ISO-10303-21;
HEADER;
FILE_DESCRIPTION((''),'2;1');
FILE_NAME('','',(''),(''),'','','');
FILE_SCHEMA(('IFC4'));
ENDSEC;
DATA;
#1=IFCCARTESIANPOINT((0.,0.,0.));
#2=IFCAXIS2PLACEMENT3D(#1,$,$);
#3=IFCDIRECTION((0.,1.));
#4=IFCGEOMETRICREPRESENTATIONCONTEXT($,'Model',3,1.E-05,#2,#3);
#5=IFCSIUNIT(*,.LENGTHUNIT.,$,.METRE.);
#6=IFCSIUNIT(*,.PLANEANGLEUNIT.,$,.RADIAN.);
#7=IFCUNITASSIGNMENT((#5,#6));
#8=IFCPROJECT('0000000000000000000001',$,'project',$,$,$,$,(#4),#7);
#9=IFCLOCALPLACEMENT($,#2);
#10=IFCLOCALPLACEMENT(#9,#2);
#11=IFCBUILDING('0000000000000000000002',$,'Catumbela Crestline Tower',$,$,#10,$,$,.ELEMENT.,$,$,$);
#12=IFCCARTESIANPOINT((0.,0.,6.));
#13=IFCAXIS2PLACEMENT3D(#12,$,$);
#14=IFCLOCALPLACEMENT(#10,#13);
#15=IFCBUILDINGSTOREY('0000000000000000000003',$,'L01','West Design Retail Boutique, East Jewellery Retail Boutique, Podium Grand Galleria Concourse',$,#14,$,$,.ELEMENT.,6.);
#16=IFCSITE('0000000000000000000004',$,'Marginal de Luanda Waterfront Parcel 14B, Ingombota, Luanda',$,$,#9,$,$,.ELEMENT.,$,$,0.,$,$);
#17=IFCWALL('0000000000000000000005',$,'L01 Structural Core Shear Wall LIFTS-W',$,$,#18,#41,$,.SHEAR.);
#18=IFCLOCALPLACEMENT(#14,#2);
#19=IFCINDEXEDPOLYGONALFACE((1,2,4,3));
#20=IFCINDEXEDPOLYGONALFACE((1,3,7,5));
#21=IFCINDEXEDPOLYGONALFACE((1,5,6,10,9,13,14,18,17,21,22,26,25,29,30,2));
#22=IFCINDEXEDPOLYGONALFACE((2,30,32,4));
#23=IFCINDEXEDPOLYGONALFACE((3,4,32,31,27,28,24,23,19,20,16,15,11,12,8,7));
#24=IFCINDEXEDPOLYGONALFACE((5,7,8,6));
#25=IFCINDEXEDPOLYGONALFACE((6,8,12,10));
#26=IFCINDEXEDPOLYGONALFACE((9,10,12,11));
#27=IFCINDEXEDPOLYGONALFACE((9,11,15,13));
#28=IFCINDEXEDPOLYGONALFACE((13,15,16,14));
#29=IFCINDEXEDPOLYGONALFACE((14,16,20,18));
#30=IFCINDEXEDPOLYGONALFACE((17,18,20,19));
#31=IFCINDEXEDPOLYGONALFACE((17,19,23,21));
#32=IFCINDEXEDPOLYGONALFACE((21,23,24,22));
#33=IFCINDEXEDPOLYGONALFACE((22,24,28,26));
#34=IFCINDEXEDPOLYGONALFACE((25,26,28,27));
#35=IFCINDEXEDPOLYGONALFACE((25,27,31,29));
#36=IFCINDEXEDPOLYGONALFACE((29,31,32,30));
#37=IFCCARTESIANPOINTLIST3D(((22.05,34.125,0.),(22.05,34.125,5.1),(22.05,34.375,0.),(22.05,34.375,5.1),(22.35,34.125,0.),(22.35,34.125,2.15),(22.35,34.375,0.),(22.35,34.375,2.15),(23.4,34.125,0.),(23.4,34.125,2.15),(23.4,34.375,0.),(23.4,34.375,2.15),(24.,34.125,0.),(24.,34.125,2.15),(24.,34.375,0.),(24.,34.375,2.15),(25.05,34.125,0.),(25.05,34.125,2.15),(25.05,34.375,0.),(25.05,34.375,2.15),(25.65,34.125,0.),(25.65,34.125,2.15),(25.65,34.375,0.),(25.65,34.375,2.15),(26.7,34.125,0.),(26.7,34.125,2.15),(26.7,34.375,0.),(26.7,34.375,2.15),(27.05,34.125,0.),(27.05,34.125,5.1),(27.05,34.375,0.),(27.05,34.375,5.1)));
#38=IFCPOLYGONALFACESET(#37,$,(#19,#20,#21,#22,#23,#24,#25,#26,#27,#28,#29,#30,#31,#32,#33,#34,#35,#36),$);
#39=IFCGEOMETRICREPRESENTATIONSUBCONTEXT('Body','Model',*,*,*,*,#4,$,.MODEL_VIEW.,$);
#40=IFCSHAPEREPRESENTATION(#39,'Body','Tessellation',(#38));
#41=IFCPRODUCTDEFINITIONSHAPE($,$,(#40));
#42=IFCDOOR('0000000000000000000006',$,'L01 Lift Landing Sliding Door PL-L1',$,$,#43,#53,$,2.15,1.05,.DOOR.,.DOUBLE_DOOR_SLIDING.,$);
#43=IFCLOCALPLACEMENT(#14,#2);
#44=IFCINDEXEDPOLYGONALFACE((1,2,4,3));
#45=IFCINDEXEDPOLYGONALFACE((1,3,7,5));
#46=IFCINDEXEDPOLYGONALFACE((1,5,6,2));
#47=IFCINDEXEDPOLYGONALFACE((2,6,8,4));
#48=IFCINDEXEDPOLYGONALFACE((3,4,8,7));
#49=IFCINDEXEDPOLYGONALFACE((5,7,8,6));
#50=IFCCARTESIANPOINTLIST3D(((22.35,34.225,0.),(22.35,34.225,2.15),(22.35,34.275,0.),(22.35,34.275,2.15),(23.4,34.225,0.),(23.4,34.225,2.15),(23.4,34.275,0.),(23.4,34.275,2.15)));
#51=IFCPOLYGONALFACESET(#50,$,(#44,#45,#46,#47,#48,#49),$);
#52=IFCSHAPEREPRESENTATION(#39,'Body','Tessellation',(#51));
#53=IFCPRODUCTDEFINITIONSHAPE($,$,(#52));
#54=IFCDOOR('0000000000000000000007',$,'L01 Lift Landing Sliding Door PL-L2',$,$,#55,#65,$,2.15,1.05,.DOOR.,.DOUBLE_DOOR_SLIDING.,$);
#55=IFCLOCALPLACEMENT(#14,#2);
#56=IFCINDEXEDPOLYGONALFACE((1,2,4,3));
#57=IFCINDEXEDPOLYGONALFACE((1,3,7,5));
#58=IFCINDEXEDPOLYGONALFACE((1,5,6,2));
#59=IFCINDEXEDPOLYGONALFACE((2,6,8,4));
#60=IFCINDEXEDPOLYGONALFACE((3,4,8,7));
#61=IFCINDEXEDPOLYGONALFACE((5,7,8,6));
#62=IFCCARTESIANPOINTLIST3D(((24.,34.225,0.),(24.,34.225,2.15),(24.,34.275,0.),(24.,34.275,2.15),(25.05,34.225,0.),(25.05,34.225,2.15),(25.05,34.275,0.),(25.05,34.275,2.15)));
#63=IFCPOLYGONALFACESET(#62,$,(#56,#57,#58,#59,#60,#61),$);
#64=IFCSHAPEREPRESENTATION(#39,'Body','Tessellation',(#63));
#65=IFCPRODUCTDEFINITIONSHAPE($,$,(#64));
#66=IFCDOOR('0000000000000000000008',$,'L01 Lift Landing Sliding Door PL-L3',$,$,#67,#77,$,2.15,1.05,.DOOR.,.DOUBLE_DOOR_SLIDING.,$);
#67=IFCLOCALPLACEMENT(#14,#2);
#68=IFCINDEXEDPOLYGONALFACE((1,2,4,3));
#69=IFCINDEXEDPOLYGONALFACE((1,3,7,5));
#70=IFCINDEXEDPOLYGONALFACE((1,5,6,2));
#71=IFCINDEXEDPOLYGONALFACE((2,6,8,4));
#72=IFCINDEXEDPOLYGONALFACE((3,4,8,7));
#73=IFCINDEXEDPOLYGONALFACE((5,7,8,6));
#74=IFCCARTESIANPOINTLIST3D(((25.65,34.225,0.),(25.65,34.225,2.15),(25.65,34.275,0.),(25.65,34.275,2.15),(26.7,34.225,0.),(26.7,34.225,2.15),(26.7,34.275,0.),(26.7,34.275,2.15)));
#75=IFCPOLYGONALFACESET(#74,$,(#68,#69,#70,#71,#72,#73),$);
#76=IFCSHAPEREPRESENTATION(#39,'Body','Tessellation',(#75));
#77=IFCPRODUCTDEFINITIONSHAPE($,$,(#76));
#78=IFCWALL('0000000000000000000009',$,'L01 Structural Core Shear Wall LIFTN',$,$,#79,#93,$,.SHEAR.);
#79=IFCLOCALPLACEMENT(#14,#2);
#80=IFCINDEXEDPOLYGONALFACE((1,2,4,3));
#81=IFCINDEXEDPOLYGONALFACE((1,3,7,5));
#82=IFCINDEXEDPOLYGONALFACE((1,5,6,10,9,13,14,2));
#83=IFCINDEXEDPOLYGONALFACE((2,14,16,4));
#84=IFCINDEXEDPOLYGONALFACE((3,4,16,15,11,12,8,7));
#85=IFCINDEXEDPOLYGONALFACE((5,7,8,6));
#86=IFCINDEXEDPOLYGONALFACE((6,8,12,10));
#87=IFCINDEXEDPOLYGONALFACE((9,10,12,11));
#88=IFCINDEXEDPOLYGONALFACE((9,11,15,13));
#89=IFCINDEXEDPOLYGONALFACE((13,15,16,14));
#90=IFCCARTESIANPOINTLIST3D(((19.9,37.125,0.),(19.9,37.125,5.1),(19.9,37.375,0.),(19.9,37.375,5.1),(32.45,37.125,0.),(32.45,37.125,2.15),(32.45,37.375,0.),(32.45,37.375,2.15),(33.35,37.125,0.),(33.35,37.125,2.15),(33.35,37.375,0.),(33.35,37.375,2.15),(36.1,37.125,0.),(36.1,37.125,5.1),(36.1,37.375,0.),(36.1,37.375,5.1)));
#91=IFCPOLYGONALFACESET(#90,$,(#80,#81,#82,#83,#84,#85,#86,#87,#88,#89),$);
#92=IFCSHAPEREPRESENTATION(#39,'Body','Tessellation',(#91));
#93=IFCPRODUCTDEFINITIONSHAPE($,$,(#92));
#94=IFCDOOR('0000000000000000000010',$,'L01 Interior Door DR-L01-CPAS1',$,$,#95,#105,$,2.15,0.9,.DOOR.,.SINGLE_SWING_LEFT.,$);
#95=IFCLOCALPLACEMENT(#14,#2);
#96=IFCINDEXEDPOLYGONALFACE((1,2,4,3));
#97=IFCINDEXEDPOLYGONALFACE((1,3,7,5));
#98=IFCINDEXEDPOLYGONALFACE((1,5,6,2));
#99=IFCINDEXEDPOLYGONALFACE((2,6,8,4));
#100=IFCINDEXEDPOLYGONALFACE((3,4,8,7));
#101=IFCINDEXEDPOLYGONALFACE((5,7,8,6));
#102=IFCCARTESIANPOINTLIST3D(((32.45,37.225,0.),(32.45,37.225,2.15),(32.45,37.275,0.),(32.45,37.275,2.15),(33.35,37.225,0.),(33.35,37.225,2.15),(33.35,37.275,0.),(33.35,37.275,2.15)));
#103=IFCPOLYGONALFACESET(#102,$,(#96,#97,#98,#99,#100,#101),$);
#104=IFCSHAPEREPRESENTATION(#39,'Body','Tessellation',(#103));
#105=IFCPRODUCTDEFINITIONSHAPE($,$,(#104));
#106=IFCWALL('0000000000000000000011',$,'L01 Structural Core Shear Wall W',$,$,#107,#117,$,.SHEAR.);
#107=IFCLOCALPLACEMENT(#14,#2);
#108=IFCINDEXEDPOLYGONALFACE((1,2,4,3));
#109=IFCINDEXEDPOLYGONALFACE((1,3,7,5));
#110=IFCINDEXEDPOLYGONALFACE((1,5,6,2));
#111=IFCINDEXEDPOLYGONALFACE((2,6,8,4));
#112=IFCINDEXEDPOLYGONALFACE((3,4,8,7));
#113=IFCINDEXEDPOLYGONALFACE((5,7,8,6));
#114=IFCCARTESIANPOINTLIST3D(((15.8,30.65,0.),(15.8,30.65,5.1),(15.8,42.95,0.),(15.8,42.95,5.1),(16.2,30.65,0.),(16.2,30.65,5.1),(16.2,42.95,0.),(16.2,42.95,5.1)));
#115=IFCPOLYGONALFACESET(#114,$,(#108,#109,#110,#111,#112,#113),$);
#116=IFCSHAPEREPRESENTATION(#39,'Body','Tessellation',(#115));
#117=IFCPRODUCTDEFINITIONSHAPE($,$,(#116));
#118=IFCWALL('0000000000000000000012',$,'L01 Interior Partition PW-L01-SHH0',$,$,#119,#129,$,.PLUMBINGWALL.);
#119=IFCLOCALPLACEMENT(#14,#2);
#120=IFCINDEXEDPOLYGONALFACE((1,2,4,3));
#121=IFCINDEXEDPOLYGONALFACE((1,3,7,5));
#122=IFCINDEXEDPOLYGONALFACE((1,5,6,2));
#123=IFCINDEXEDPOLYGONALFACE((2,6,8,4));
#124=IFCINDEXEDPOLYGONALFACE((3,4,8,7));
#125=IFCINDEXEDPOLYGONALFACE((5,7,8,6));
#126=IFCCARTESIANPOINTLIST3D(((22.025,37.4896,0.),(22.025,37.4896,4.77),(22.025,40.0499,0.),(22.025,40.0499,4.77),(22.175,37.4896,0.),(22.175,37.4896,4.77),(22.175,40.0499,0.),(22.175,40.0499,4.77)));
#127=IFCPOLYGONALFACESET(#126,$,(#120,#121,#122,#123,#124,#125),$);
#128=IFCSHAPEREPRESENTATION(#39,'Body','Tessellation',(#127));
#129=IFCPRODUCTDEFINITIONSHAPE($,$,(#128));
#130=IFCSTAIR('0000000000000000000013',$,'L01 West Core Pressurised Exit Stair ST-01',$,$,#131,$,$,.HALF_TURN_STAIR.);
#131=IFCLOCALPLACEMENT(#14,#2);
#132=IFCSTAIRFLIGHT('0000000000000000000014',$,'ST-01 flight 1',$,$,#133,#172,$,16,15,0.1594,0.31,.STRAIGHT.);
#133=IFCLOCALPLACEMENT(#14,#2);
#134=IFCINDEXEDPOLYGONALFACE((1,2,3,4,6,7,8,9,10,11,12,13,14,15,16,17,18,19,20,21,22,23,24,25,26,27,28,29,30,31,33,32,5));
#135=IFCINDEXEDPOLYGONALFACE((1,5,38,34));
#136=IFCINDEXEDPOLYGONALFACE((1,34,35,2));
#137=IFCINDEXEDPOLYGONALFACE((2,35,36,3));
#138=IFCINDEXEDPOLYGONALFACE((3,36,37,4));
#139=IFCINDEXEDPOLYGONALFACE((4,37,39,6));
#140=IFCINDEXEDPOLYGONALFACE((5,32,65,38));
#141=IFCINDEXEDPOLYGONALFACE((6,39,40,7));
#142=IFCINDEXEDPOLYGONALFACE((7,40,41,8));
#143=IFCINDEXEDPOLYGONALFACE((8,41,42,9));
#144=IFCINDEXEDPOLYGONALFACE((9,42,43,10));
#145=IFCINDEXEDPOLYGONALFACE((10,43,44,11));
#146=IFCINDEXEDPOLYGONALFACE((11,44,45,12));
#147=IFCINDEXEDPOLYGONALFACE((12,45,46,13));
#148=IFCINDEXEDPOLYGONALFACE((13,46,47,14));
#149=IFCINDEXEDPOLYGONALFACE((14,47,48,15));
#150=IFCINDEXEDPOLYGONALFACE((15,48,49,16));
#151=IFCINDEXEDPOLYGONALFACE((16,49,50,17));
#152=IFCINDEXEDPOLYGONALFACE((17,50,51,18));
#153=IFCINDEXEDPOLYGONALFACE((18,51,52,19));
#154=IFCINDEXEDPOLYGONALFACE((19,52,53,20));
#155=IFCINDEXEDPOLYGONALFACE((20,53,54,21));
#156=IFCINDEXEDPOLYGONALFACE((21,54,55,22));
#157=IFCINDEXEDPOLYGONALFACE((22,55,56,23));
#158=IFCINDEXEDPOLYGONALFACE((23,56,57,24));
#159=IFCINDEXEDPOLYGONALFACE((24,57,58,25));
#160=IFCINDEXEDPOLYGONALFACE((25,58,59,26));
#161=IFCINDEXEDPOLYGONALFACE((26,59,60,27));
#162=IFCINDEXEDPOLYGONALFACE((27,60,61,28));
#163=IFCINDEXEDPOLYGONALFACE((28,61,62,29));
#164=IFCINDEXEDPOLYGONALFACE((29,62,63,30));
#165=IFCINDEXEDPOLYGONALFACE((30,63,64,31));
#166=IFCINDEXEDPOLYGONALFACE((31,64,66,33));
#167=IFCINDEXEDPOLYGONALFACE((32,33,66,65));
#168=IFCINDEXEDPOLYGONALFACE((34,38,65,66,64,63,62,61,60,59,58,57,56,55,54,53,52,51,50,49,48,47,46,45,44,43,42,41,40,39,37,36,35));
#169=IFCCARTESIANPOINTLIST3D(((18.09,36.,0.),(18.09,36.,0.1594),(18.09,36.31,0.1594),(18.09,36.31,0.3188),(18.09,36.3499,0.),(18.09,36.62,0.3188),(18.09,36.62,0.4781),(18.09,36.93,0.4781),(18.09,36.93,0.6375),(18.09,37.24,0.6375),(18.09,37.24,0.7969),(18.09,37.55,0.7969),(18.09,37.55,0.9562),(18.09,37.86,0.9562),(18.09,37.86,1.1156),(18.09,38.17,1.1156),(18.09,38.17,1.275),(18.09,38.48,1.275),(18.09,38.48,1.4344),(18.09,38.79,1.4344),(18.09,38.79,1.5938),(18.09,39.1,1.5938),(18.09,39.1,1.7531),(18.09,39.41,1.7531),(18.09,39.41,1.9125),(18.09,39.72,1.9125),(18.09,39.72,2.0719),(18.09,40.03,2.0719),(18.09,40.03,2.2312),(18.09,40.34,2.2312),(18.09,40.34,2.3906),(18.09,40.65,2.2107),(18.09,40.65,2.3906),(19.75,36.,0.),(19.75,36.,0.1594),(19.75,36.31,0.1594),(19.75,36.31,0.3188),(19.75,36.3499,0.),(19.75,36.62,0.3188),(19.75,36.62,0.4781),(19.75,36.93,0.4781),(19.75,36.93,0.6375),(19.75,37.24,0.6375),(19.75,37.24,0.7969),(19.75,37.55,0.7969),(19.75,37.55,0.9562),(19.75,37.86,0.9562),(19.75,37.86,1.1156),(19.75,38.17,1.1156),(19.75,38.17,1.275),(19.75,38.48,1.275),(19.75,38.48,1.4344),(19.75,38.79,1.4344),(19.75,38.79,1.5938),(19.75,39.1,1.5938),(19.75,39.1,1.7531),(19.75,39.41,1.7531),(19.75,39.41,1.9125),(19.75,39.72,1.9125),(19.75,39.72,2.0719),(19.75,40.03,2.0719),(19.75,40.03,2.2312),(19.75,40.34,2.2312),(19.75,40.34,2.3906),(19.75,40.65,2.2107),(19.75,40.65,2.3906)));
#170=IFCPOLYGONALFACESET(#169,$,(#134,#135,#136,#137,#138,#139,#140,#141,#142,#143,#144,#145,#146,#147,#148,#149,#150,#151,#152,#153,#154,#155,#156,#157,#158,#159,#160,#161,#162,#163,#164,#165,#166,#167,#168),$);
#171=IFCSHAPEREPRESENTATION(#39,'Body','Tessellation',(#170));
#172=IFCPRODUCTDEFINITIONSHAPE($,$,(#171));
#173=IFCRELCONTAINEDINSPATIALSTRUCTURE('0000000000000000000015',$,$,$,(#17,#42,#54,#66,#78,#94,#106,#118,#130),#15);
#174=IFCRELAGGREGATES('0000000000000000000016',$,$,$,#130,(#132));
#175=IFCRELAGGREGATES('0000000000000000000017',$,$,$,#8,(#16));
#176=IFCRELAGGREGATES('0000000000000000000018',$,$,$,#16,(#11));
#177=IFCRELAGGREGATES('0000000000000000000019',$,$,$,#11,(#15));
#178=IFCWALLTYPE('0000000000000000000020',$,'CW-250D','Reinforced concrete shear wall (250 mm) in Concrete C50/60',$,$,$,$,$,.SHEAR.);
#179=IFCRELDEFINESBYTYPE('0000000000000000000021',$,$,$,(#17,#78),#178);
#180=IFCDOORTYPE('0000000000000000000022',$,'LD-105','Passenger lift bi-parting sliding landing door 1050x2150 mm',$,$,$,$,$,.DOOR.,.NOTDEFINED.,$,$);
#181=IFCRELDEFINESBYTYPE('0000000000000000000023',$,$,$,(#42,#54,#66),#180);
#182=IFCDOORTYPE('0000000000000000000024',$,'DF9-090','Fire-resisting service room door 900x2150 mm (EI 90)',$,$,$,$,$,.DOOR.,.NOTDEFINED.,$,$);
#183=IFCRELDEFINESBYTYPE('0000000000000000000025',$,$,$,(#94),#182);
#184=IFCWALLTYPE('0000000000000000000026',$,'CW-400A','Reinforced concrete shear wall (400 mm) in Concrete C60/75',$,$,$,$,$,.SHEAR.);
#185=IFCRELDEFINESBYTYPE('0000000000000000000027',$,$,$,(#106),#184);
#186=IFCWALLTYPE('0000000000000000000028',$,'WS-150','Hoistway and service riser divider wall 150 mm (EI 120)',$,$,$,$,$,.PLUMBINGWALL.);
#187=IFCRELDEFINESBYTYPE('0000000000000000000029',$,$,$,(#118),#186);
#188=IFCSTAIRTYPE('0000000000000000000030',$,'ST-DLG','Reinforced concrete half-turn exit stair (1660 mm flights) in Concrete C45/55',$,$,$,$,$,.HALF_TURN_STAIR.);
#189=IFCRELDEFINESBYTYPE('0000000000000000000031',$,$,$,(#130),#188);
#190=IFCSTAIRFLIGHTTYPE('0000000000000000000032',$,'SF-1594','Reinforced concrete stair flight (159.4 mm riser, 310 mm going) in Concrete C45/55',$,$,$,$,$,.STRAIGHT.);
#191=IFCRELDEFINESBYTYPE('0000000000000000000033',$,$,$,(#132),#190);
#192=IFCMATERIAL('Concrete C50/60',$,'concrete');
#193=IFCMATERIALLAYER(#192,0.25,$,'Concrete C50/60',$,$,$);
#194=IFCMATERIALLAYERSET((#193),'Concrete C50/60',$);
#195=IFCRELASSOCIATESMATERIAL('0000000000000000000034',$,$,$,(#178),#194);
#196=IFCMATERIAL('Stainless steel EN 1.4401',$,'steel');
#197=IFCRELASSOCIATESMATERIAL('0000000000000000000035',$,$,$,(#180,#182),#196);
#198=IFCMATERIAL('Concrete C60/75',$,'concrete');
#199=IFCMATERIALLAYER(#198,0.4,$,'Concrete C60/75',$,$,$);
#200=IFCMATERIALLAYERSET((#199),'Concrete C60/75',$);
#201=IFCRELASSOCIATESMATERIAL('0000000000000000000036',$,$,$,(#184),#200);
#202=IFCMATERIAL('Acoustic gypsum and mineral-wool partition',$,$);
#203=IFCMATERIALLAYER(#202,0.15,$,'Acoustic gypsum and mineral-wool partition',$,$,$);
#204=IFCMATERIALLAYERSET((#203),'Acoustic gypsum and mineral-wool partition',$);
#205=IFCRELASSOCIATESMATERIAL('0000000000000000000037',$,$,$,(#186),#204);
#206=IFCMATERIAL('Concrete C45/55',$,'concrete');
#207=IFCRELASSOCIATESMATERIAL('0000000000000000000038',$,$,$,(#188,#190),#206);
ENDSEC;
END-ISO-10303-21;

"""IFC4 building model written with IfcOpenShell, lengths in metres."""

from ifc_helpers import new_model, si_unit, direction, frame, frame_2d, origin, place, context, subcontext, project, spatial, polyline, rectangle, outline, extrude, material, layer, layer_set, type_object, element, fill, aggregate, save


model = new_model("IFC4")

# Units and contexts
model_context = context("Model", 3, precision=1e-05, world=origin(), true_north=direction((0.0, 1.0)))
body_context = subcontext(model_context, "Body", "Model", "MODEL_VIEW")
ifc_project = project(units=[si_unit("LENGTHUNIT", "METRE"), si_unit("PLANEANGLEUNIT", "RADIAN")], contexts=[model_context])

# Site, building, storey
site_placement = place(None, origin())
site = spatial("IfcSite", under=ifc_project, at=site_placement, Name="Marginal de Luanda Waterfront Parcel 14B, Ingombota, Luanda", CompositionType="ELEMENT", RefElevation=0.0)
building_placement = place(site_placement, origin())
building = spatial("IfcBuilding", under=site, at=building_placement, Name="Catumbela Crestline Tower", CompositionType="ELEMENT")
storey_placement = place(building_placement, frame((0.0, 0.0, 6.0)))
storey = spatial("IfcBuildingStorey", under=building, at=storey_placement, Name="L01", Description="West Design Retail Boutique, East Jewellery Retail Boutique, Podium Grand Galleria Concourse", CompositionType="ELEMENT", Elevation=6.0)

# Shared definitions
ifc_material_1 = material(Name="Concrete C50/60", Category="concrete")
ifc_layer_1 = layer(ifc_material_1, 0.25, Name="Concrete C50/60")
ifc_layer_set_1 = layer_set([ifc_layer_1], Name="Concrete C50/60")
wall_type_1 = type_object("IfcWallType", Name="CW-250D", Description="Reinforced concrete shear wall (250 mm) in Concrete C50/60", PredefinedType="SHEAR", material=ifc_layer_set_1)

# Wall, openings, doors
ifc_material_2 = material(Name="Stainless steel EN 1.4401", Category="steel")
wall_1_placement = place(storey_placement, frame((22.05, 34.25, 0.0), z_axis=(0.0, 0.0, 1.0), x_axis=(1.0, 0.0, 0.0)))
wall_1 = element("IfcWall", 1, at=wall_1_placement, inside=storey, type_object=wall_type_1, Name="L01 Structural Core Shear Wall LIFTS-W", PredefinedType="SHEAR", context=body_context, shape_type="SweptSolid", body=[
    extrude(rectangle(XDim=5.0, YDim=0.25, at=frame_2d((2.5, 0.0))), origin(), (0.0, 0.0, 1.0), 5.1),
])
opening_1_placement = place(wall_1_placement, frame((0.3, 0.0, 0.0)))
opening_1 = element("IfcOpeningElement", 2, at=opening_1_placement, cuts=wall_1, PredefinedType="OPENING", context=body_context, shape_type="SweptSolid", body=[
    extrude(rectangle(XDim=1.05, YDim=2.15, at=frame_2d((0.525, 1.075))), frame((0.0, 0.135, 0.0), z_axis=(0.0, -1.0, 0.0), x_axis=(1.0, 0.0, 0.0)), (0.0, 0.0, 1.0), 0.27),
])
opening_2_placement = place(wall_1_placement, frame((1.95, 0.0, 0.0)))
opening_2 = element("IfcOpeningElement", 3, at=opening_2_placement, cuts=wall_1, PredefinedType="OPENING", context=body_context, shape_type="SweptSolid", body=[
    extrude(rectangle(XDim=1.05, YDim=2.15, at=frame_2d((0.525, 1.075))), frame((0.0, 0.135, 0.0), z_axis=(0.0, -1.0, 0.0), x_axis=(1.0, 0.0, 0.0)), (0.0, 0.0, 1.0), 0.27),
])
opening_3_placement = place(wall_1_placement, frame((3.6, 0.0, 0.0)))
opening_3 = element("IfcOpeningElement", 4, at=opening_3_placement, cuts=wall_1, PredefinedType="OPENING", context=body_context, shape_type="SweptSolid", body=[
    extrude(rectangle(XDim=1.05, YDim=2.15, at=frame_2d((0.525, 1.075))), frame((0.0, 0.135, 0.0), z_axis=(0.0, -1.0, 0.0), x_axis=(1.0, 0.0, 0.0)), (0.0, 0.0, 1.0), 0.27),
])
door_type_1 = type_object("IfcDoorType", Name="LD-105", Description="Passenger lift bi-parting sliding landing door 1050x2150 mm", OperationType="NOTDEFINED", PredefinedType="DOOR", material=ifc_material_2)
door_1_placement = place(opening_1_placement, origin())
door_1 = element("IfcDoor", 5, at=door_1_placement, inside=storey, type_object=door_type_1, Name="L01 Lift Landing Sliding Door PL-L1", OperationType="DOUBLE_DOOR_SLIDING", OverallHeight=2.15, OverallWidth=1.05, PredefinedType="DOOR", context=body_context, shape_type="SweptSolid", body=[
    extrude(rectangle(XDim=1.05, YDim=2.15, at=frame_2d((0.525, 1.075))), frame((0.0, 0.025, 0.0), z_axis=(0.0, -1.0, 0.0), x_axis=(1.0, 0.0, 0.0)), (0.0, 0.0, 1.0), 0.05),
])
fill(opening_1, door_1)
door_2_placement = place(opening_2_placement, origin())
door_2 = element("IfcDoor", 6, at=door_2_placement, inside=storey, type_object=door_type_1, Name="L01 Lift Landing Sliding Door PL-L2", OperationType="DOUBLE_DOOR_SLIDING", OverallHeight=2.15, OverallWidth=1.05, PredefinedType="DOOR", context=body_context, shape_type="SweptSolid", body=[
    extrude(rectangle(XDim=1.05, YDim=2.15, at=frame_2d((0.525, 1.075))), frame((0.0, 0.025, 0.0), z_axis=(0.0, -1.0, 0.0), x_axis=(1.0, 0.0, 0.0)), (0.0, 0.0, 1.0), 0.05),
])
fill(opening_2, door_2)
door_3_placement = place(opening_3_placement, origin())
door_3 = element("IfcDoor", 7, at=door_3_placement, inside=storey, type_object=door_type_1, Name="L01 Lift Landing Sliding Door PL-L3", OperationType="DOUBLE_DOOR_SLIDING", OverallHeight=2.15, OverallWidth=1.05, PredefinedType="DOOR", context=body_context, shape_type="SweptSolid", body=[
    extrude(rectangle(XDim=1.05, YDim=2.15, at=frame_2d((0.525, 1.075))), frame((0.0, 0.025, 0.0), z_axis=(0.0, -1.0, 0.0), x_axis=(1.0, 0.0, 0.0)), (0.0, 0.0, 1.0), 0.05),
])
fill(opening_3, door_3)

# Wall, opening, door
wall_2_placement = place(storey_placement, frame((19.9, 37.25, 0.0), z_axis=(0.0, 0.0, 1.0), x_axis=(1.0, 0.0, 0.0)))
wall_2 = element("IfcWall", 8, at=wall_2_placement, inside=storey, type_object=wall_type_1, Name="L01 Structural Core Shear Wall LIFTN", PredefinedType="SHEAR", context=body_context, shape_type="SweptSolid", body=[
    extrude(rectangle(XDim=16.2, YDim=0.25, at=frame_2d((8.1, 0.0))), origin(), (0.0, 0.0, 1.0), 5.1),
])
opening_4_placement = place(wall_2_placement, frame((12.55, 0.0, 0.0)))
opening_4 = element("IfcOpeningElement", 9, at=opening_4_placement, cuts=wall_2, PredefinedType="OPENING", context=body_context, shape_type="SweptSolid", body=[
    extrude(rectangle(XDim=0.9, YDim=2.15, at=frame_2d((0.45, 1.075))), frame((0.0, 0.135, 0.0), z_axis=(0.0, -1.0, 0.0), x_axis=(1.0, 0.0, 0.0)), (0.0, 0.0, 1.0), 0.27),
])
door_type_2 = type_object("IfcDoorType", Name="DF9-090", Description="Fire-resisting service room door 900x2150 mm (EI 90)", OperationType="NOTDEFINED", PredefinedType="DOOR", material=ifc_material_2)
door_4_placement = place(opening_4_placement, origin())
door_4 = element("IfcDoor", 10, at=door_4_placement, inside=storey, type_object=door_type_2, Name="L01 Interior Door DR-L01-CPAS1", OperationType="SINGLE_SWING_LEFT", OverallHeight=2.15, OverallWidth=0.9, PredefinedType="DOOR", context=body_context, shape_type="SweptSolid", body=[
    extrude(rectangle(XDim=0.9, YDim=2.15, at=frame_2d((0.45, 1.075))), frame((0.0, 0.025, 0.0), z_axis=(0.0, -1.0, 0.0), x_axis=(1.0, 0.0, 0.0)), (0.0, 0.0, 1.0), 0.05),
])
fill(opening_4, door_4)

# Walls
ifc_material_3 = material(Name="Concrete C60/75", Category="concrete")
ifc_layer_2 = layer(ifc_material_3, 0.4, Name="Concrete C60/75")
ifc_layer_set_2 = layer_set([ifc_layer_2], Name="Concrete C60/75")
wall_type_2 = type_object("IfcWallType", Name="CW-400A", Description="Reinforced concrete shear wall (400 mm) in Concrete C60/75", PredefinedType="SHEAR", material=ifc_layer_set_2)
wall_3_placement = place(storey_placement, frame((16.0, 30.65, 0.0), z_axis=(0.0, 0.0, 1.0), x_axis=(0.0, 1.0, 0.0)))
element("IfcWall", 11, at=wall_3_placement, inside=storey, type_object=wall_type_2, Name="L01 Structural Core Shear Wall W", PredefinedType="SHEAR", context=body_context, shape_type="SweptSolid", body=[
    extrude(rectangle(XDim=12.3, YDim=0.4, at=frame_2d((6.15, 0.0))), origin(), (0.0, 0.0, 1.0), 5.1),
])
ifc_material_4 = material(Name="Acoustic gypsum and mineral-wool partition")
ifc_layer_3 = layer(ifc_material_4, 0.15, Name="Acoustic gypsum and mineral-wool partition")
ifc_layer_set_3 = layer_set([ifc_layer_3], Name="Acoustic gypsum and mineral-wool partition")
wall_type_3 = type_object("IfcWallType", Name="WS-150", Description="Hoistway and service riser divider wall 150 mm (EI 120)", PredefinedType="PLUMBINGWALL", material=ifc_layer_set_3)
wall_4_placement = place(storey_placement, frame((22.1, 37.4897, 0.0), z_axis=(0.0, 0.0, 1.0), x_axis=(0.0, 1.0, 0.0)))
element("IfcWall", 12, at=wall_4_placement, inside=storey, type_object=wall_type_3, Name="L01 Interior Partition PW-L01-SHH0", PredefinedType="PLUMBINGWALL", context=body_context, shape_type="SweptSolid", body=[
    extrude(rectangle(XDim=2.5603, YDim=0.15, at=frame_2d((1.2801, 0.0))), origin(), (0.0, 0.0, 1.0), 4.77),
])

# Stair, stair flight
ifc_material_5 = material(Name="Concrete C45/55", Category="concrete")
stair_type = type_object("IfcStairType", Name="ST-DLG", Description="Reinforced concrete half-turn exit stair (1660 mm flights) in Concrete C45/55", PredefinedType="HALF_TURN_STAIR", material=ifc_material_5)
stair_placement = place(storey_placement, origin())
stair = element("IfcStair", 13, at=stair_placement, inside=storey, type_object=stair_type, Name="L01 West Core Pressurised Exit Stair ST-01", PredefinedType="HALF_TURN_STAIR")
stair_flight_type = type_object("IfcStairFlightType", Name="SF-1594", Description="Reinforced concrete stair flight (159.4 mm riser, 310 mm going) in Concrete C45/55", PredefinedType="STRAIGHT", material=ifc_material_5)
stair_flight_placement = place(storey_placement, frame((18.92, 36.0, 0.0), z_axis=(0.0, 0.0, 1.0), x_axis=(0.0, 1.0, 0.0)))
stair_flight = element("IfcStairFlight", 14, at=stair_flight_placement, type_object=stair_flight_type, Name="ST-01 flight 1", NumberOfRisers=16, NumberOfTreads=15, PredefinedType="STRAIGHT", RiserHeight=0.1594, TreadLength=0.31, context=body_context, shape_type="SweptSolid", body=[
    extrude(outline(polyline([(0.0, 0.0), (0.0, 0.1594), (0.31, 0.1594), (0.31, 0.3188), (0.62, 0.3188), (0.62, 0.4781), (0.93, 0.4781), (0.93, 0.6375), (1.24, 0.6375), (1.24, 0.7969), (1.55, 0.7969), (1.55, 0.9562), (1.86, 0.9562), (1.86, 1.1156), (2.17, 1.1156), (2.17, 1.275), (2.48, 1.275), (2.48, 1.4344), (2.79, 1.4344), (2.79, 1.5938), (3.1, 1.5938), (3.1, 1.7531), (3.41, 1.7531), (3.41, 1.9125), (3.72, 1.9125), (3.72, 2.0719), (4.03, 2.0719), (4.03, 2.2312), (4.34, 2.2312), (4.34, 2.3906), (4.65, 2.3906), (4.65, 2.55), (4.65, 2.2107), (0.3499, 0.0), (0.0, 0.0)])), frame((0.0, 0.83, 0.0), z_axis=(0.0, -1.0, 0.0), x_axis=(1.0, 0.0, 0.0)), (0.0, 0.0, 1.0), 1.66),
])
aggregate(stair, [stair_flight])

save(model, "model.ifc")
